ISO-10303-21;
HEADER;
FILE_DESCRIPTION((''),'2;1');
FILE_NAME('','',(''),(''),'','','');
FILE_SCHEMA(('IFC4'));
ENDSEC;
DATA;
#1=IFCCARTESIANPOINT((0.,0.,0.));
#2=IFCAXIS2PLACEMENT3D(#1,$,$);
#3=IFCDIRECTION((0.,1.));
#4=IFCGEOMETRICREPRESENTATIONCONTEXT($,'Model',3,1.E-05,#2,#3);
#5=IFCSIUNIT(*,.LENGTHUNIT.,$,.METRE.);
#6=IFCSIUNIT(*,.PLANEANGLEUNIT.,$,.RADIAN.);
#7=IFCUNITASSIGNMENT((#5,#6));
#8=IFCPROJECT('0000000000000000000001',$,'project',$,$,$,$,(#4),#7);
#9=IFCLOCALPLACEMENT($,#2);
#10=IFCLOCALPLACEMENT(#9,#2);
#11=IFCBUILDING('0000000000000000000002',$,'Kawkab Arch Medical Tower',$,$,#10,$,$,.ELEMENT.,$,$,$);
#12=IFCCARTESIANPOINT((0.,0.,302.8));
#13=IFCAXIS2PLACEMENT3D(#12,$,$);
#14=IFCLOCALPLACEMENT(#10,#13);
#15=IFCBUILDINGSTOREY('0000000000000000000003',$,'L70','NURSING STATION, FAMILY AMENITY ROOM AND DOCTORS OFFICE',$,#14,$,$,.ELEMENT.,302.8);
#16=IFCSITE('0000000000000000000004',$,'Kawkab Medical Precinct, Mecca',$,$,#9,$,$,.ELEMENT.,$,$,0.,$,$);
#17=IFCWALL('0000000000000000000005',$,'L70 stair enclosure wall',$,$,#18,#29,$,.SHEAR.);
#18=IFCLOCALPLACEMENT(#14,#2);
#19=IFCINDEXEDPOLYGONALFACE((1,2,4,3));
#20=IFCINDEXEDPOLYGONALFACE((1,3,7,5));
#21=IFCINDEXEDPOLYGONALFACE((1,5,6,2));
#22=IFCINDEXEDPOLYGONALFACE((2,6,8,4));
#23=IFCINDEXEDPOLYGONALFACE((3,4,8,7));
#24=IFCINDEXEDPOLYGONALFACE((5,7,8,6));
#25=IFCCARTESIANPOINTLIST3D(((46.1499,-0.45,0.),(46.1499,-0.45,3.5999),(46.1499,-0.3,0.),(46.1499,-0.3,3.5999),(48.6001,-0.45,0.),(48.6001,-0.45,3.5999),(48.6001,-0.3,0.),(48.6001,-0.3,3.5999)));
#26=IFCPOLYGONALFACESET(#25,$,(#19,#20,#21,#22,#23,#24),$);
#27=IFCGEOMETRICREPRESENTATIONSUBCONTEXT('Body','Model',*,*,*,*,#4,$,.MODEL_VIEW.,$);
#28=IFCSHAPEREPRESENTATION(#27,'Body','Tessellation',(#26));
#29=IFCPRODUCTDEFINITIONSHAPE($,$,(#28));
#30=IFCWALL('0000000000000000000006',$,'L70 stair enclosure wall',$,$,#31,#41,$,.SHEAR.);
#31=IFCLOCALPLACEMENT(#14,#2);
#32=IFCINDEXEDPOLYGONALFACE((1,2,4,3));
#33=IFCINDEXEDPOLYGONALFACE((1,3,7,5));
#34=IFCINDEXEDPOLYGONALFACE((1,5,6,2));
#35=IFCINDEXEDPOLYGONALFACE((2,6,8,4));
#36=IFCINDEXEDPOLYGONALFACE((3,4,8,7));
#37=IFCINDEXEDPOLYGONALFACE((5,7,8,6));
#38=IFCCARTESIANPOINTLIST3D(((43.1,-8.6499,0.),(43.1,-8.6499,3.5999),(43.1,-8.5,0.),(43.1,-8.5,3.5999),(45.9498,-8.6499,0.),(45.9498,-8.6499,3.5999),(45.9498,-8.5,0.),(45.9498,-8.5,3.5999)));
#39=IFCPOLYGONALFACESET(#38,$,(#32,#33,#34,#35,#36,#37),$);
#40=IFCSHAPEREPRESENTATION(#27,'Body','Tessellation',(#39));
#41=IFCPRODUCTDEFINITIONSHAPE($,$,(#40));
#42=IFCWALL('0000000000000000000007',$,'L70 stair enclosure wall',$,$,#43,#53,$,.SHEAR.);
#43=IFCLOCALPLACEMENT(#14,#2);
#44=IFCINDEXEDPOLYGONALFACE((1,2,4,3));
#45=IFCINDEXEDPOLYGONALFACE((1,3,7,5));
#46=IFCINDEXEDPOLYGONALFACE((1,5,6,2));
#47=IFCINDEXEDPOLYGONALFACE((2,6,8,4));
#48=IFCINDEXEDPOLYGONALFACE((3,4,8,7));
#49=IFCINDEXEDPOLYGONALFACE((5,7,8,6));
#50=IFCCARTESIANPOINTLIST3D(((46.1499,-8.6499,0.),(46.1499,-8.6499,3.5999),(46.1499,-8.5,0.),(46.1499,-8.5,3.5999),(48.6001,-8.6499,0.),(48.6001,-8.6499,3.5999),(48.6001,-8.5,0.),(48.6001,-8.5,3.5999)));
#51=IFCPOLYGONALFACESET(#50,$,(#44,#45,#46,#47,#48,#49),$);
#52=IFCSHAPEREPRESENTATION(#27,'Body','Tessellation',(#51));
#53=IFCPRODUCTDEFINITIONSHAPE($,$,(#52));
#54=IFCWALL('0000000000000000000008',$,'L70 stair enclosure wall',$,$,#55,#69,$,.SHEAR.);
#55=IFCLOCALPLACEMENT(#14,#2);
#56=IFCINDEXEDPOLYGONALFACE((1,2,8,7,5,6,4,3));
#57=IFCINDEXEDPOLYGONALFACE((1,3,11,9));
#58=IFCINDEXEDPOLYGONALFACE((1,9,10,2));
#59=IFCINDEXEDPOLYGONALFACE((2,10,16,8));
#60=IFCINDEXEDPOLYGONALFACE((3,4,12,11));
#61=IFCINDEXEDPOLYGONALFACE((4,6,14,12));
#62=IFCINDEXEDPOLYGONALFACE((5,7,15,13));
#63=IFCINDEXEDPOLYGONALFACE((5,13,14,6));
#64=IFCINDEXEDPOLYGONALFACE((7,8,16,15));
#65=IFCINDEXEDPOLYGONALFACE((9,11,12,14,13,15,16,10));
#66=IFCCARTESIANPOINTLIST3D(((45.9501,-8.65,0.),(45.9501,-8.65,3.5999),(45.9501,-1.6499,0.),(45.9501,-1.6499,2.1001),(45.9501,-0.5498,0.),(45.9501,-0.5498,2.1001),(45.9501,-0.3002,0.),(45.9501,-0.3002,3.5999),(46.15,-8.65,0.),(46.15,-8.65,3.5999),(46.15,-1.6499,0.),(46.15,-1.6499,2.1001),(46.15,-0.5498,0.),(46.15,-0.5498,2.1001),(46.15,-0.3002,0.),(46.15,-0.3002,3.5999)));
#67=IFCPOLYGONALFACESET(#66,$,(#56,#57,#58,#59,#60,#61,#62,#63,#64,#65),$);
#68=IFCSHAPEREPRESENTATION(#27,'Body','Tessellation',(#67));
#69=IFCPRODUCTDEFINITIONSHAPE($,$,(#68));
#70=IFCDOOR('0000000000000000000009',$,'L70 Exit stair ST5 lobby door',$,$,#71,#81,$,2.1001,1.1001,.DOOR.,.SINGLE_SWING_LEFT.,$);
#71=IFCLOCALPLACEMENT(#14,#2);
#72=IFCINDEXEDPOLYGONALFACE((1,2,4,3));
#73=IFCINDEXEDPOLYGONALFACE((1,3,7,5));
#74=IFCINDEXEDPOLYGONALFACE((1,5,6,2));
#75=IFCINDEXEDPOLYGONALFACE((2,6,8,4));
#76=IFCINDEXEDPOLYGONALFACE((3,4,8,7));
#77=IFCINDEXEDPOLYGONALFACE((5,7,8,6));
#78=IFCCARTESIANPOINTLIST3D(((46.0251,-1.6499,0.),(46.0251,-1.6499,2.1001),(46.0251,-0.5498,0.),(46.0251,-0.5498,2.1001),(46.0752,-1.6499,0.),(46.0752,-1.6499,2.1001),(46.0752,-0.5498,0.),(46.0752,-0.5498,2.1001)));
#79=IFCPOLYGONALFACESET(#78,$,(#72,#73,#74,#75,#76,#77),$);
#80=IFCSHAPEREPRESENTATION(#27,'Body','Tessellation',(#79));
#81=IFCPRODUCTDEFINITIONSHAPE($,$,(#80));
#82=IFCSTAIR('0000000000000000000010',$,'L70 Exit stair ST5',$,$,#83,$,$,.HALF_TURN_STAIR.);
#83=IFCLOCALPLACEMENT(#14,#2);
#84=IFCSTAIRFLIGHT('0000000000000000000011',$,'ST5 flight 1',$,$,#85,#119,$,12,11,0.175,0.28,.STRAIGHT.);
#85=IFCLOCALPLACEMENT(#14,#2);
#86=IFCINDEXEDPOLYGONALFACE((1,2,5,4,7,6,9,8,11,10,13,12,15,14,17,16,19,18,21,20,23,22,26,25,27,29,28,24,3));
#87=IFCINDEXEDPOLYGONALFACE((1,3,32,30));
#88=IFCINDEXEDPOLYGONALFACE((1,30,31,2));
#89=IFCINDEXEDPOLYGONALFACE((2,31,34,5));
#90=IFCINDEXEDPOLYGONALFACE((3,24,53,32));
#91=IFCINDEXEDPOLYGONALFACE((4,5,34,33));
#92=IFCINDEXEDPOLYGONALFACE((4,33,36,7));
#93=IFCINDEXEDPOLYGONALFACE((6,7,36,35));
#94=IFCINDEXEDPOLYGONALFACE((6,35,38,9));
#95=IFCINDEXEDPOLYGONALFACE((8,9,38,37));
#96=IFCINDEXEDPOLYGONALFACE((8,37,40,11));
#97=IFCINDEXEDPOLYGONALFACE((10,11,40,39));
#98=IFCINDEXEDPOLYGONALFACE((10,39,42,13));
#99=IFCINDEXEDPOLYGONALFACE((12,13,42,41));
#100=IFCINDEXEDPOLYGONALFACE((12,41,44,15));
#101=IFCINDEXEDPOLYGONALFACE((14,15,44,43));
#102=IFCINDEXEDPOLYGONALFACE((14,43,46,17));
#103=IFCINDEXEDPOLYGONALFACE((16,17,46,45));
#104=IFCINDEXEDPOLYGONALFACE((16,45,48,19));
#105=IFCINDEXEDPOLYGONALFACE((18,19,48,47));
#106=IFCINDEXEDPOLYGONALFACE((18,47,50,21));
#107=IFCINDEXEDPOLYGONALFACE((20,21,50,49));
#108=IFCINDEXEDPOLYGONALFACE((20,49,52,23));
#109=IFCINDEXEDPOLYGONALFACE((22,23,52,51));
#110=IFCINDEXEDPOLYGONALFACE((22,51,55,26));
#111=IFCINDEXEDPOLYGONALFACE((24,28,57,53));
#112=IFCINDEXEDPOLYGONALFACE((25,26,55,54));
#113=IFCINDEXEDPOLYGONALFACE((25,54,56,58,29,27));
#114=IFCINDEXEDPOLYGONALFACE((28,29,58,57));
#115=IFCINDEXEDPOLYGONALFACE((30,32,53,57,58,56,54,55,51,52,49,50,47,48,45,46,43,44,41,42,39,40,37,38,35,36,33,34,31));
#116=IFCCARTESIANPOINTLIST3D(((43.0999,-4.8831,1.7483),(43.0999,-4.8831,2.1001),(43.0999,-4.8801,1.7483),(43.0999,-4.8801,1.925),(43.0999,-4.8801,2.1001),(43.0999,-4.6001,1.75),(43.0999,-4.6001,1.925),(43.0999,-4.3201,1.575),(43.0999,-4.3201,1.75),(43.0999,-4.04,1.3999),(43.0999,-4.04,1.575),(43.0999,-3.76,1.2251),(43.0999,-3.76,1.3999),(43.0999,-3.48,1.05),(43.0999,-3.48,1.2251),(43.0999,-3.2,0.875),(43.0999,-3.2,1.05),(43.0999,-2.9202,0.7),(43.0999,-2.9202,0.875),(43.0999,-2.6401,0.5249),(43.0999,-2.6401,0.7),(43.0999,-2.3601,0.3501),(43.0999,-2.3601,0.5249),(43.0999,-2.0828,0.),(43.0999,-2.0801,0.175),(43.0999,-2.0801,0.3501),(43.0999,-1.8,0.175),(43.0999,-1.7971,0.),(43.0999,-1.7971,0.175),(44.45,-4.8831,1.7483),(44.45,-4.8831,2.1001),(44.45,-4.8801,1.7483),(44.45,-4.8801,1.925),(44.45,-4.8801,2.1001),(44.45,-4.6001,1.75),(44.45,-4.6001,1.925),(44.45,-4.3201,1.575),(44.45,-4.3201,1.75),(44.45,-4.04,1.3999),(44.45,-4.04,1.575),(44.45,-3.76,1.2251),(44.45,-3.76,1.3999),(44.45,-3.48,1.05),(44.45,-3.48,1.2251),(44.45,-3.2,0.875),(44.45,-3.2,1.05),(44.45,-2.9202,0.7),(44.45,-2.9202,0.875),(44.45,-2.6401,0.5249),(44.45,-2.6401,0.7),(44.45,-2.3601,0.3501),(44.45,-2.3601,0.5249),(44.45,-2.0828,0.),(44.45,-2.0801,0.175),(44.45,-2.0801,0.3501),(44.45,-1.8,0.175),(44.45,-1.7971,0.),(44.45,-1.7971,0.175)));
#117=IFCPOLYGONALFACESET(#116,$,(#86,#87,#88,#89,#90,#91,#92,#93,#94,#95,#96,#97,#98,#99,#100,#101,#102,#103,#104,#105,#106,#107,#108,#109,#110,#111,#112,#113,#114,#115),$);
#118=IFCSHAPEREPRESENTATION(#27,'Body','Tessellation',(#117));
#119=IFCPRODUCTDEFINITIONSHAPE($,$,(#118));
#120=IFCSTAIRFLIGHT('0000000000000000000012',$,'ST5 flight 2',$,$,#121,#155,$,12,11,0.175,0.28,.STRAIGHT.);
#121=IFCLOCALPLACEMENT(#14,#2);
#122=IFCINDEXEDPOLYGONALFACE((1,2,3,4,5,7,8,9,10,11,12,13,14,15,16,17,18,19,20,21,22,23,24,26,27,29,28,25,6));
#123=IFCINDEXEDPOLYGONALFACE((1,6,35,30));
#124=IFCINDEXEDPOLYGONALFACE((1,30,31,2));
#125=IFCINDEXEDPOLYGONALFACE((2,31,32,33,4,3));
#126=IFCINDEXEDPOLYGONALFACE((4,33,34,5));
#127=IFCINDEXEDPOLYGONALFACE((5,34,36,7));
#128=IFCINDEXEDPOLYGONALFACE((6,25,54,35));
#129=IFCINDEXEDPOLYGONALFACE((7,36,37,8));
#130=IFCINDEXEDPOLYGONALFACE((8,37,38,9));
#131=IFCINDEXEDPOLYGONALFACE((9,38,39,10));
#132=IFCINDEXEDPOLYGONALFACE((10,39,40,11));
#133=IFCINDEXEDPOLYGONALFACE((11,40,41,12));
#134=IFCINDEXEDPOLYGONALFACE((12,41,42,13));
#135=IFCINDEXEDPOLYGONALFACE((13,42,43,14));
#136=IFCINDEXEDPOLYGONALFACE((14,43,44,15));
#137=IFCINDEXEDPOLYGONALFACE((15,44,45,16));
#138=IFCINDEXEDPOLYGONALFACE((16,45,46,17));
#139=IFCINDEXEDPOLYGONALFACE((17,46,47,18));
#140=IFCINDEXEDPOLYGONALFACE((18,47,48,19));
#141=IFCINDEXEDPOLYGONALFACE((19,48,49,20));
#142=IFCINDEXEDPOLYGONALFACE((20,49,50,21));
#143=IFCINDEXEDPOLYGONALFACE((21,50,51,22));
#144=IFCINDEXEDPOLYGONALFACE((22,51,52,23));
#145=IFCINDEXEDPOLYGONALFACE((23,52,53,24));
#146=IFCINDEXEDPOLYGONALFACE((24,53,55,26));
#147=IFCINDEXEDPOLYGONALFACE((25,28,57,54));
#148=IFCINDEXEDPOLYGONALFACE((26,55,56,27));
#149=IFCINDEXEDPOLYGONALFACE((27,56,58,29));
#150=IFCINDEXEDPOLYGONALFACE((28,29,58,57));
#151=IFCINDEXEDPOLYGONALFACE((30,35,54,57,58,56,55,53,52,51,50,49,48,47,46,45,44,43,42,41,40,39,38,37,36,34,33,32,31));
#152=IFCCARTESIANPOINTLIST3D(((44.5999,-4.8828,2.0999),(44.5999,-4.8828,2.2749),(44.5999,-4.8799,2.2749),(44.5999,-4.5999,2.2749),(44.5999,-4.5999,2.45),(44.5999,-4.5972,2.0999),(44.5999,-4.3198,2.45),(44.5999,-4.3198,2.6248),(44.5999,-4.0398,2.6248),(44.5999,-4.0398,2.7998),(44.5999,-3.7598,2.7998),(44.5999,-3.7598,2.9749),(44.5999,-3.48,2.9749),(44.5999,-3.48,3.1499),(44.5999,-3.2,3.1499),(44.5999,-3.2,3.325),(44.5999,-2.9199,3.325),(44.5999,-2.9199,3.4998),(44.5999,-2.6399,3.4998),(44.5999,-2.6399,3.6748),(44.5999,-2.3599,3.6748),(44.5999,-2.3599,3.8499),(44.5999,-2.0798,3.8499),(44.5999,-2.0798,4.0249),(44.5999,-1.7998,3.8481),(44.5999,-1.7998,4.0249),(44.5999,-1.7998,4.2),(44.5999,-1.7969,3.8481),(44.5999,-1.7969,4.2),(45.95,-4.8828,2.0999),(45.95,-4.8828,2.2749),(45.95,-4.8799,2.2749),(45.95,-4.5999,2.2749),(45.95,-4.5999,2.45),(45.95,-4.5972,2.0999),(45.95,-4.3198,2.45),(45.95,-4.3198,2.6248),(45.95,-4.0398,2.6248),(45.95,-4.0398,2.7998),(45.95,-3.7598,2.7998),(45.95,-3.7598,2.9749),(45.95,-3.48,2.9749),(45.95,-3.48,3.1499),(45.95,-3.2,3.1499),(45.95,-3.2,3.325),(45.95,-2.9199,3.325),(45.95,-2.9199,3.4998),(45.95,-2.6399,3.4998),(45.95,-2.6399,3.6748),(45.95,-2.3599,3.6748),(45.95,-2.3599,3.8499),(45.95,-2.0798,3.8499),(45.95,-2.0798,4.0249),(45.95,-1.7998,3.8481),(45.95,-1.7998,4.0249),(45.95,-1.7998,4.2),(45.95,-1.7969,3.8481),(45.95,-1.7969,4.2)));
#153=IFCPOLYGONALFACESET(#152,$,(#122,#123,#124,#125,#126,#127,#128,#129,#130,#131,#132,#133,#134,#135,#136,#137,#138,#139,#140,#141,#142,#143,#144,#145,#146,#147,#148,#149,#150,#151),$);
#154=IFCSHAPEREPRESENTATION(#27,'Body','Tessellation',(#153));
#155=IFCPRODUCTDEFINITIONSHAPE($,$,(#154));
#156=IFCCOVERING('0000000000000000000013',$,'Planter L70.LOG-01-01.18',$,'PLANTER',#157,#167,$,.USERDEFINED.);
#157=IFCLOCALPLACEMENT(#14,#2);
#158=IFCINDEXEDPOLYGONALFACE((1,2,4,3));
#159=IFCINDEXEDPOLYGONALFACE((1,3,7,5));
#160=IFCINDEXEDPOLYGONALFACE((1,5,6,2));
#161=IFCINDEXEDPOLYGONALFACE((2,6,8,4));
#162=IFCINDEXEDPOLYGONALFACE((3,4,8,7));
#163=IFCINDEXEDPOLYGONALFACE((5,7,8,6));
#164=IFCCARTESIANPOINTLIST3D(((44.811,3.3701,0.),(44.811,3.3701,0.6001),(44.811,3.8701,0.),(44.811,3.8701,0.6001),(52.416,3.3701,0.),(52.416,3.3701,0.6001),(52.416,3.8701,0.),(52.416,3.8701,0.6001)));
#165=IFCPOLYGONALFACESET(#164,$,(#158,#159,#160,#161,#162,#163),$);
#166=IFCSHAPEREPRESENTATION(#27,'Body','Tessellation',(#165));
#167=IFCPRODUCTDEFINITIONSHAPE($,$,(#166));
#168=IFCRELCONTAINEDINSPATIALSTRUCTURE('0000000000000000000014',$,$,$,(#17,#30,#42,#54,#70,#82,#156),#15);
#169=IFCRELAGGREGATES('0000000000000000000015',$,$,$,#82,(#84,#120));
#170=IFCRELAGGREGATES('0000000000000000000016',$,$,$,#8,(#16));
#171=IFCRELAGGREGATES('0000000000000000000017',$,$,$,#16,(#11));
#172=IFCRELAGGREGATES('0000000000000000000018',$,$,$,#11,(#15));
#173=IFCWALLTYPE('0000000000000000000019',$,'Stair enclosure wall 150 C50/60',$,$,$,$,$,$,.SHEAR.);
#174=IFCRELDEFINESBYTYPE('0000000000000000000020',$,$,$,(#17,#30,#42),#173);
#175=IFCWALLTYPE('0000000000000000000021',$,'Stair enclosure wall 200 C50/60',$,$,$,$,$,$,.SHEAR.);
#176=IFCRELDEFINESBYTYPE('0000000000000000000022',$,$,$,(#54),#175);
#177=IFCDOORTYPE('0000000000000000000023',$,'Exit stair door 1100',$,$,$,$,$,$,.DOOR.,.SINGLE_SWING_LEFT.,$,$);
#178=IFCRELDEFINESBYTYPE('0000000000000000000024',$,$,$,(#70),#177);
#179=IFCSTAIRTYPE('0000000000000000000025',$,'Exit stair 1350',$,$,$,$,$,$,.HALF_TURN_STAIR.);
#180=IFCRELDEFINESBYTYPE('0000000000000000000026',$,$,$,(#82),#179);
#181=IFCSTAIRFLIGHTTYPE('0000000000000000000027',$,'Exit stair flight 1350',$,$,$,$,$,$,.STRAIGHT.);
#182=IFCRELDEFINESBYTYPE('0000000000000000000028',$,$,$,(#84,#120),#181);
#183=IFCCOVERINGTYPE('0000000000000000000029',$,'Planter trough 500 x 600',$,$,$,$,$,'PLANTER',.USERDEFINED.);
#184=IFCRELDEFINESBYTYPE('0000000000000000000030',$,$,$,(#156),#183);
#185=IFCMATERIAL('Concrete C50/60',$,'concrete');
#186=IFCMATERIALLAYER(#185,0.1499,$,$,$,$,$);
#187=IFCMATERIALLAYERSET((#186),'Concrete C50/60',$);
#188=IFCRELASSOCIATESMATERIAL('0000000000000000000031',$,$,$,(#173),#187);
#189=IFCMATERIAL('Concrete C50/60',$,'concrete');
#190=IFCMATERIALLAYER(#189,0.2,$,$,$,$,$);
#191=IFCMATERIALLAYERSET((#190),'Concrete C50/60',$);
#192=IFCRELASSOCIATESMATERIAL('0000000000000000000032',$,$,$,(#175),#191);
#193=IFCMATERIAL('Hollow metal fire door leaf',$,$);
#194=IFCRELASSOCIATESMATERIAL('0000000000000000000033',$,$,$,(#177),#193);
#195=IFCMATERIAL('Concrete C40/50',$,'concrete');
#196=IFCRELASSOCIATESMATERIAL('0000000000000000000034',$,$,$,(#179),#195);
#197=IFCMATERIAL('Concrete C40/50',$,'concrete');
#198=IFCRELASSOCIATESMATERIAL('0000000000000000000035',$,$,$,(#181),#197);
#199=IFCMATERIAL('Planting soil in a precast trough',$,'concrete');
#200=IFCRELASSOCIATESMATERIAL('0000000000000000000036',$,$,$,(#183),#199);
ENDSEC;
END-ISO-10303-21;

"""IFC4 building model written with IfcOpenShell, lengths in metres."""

from ifc_helpers import new_model, si_unit, direction, frame, frame_2d, origin, origin_2d, place, context, subcontext, project, spatial, polyline, rectangle, outline, extrude, material, layer, layer_set, material_profile, profile_set, type_object, element, fill, aggregate, save


model = new_model("IFC4")

# Units and contexts
model_context = context("Model", 3, precision=1e-05, world=origin(), true_north=direction((0.0, 1.0)))
body_context = subcontext(model_context, "Body", "Model", "MODEL_VIEW")
ifc_project = project(units=[si_unit("LENGTHUNIT", "METRE"), si_unit("PLANEANGLEUNIT", "RADIAN")], contexts=[model_context])

# Site, building, storey
site_placement = place(None, origin())
site = spatial("IfcSite", under=ifc_project, at=site_placement, Name="Kawkab Medical Precinct, Mecca", CompositionType="ELEMENT", RefElevation=0.0)
building_placement = place(site_placement, origin())
building = spatial("IfcBuilding", under=site, at=building_placement, Name="Kawkab Arch Medical Tower", CompositionType="ELEMENT")
storey_placement = place(building_placement, frame((0.0, 0.0, 302.8)))
storey = spatial("IfcBuildingStorey", under=building, at=storey_placement, Name="L70", Description="NURSING STATION, FAMILY AMENITY ROOM AND DOCTORS OFFICE", CompositionType="ELEMENT", Elevation=302.8)

# Shared definitions
placement = place(storey_placement, origin())

# Walls
ifc_material_1 = material(Name="Concrete C50/60", Category="concrete")
ifc_layer_1 = layer(ifc_material_1, 0.1499)
ifc_layer_set_1 = layer_set([ifc_layer_1], Name="Concrete C50/60")
wall_type_1 = type_object("IfcWallType", Name="Stair enclosure wall 150 C50/60", PredefinedType="SHEAR", material=ifc_layer_set_1)
wall_1_placement = place(storey_placement, frame((46.1499, -0.375, 0.0), z_axis=(0.0, 0.0, 1.0), x_axis=(1.0, 0.0, 0.0)))
element("IfcWall", 1, at=wall_1_placement, inside=storey, type_object=wall_type_1, Name="L70 stair enclosure wall", PredefinedType="SHEAR", context=body_context, shape_type="SweptSolid", body=[
    extrude(rectangle(XDim=2.4502, YDim=0.1499, at=frame_2d((1.2251, 0.0))), origin(), (0.0, 0.0, 1.0), 3.5999),
])
wall_2_placement = place(storey_placement, frame((43.1001, -8.575, 0.0), z_axis=(0.0, 0.0, 1.0), x_axis=(1.0, 0.0, 0.0)))
element("IfcWall", 2, at=wall_2_placement, inside=storey, type_object=wall_type_1, Name="L70 stair enclosure wall", PredefinedType="SHEAR", context=body_context, shape_type="SweptSolid", body=[
    extrude(rectangle(XDim=2.8499, YDim=0.1499, at=frame_2d((1.4248, 0.0))), origin(), (0.0, 0.0, 1.0), 3.5999),
])
wall_3_placement = place(storey_placement, frame((46.1499, -8.575, 0.0), z_axis=(0.0, 0.0, 1.0), x_axis=(1.0, 0.0, 0.0)))
element("IfcWall", 3, at=wall_3_placement, inside=storey, type_object=wall_type_1, Name="L70 stair enclosure wall", PredefinedType="SHEAR", context=body_context, shape_type="SweptSolid", body=[
    extrude(rectangle(XDim=2.4502, YDim=0.1499, at=frame_2d((1.2251, 0.0))), origin(), (0.0, 0.0, 1.0), 3.5999),
])

# Wall, opening, door
ifc_material_2 = material(Name="Concrete C50/60", Category="concrete")
ifc_layer_2 = layer(ifc_material_2, 0.2)
ifc_layer_set_2 = layer_set([ifc_layer_2], Name="Concrete C50/60")
wall_type_2 = type_object("IfcWallType", Name="Stair enclosure wall 200 C50/60", PredefinedType="SHEAR", material=ifc_layer_set_2)
wall_4_placement = place(storey_placement, frame((46.05, -8.6499, 0.0), z_axis=(0.0, 0.0, 1.0), x_axis=(0.0, 1.0, 0.0)))
wall_4 = element("IfcWall", 4, at=wall_4_placement, inside=storey, type_object=wall_type_2, Name="L70 stair enclosure wall", PredefinedType="SHEAR", context=body_context, shape_type="SweptSolid", body=[
    extrude(rectangle(XDim=8.3499, YDim=0.2, at=frame_2d((4.1748, 0.0))), origin(), (0.0, 0.0, 1.0), 3.5999),
])
opening_1_placement = place(wall_4_placement, frame((7.0, 0.0, 0.0)))
opening_1 = element("IfcOpeningElement", 5, at=opening_1_placement, cuts=wall_4, PredefinedType="OPENING", context=body_context, shape_type="SweptSolid", body=[
    extrude(rectangle(XDim=1.1001, YDim=2.1001, at=frame_2d((0.55, 1.05))), frame((0.0, 0.1099, 0.0), z_axis=(0.0, -1.0, 0.0), x_axis=(1.0, 0.0, 0.0)), (0.0, 0.0, 1.0), 0.22),
])
ifc_material_3 = material(Name="Hollow metal fire door leaf")
door_type_1 = type_object("IfcDoorType", Name="Exit stair door 1100", OperationType="SINGLE_SWING_LEFT", PredefinedType="DOOR", material=ifc_material_3)
door_1_placement = place(opening_1_placement, origin())
door_1 = element("IfcDoor", 6, at=door_1_placement, inside=storey, type_object=door_type_1, Name="L70 Exit stair ST5 lobby door", OperationType="SINGLE_SWING_LEFT", OverallHeight=2.1001, OverallWidth=1.1001, PredefinedType="DOOR", context=body_context, shape_type="SweptSolid", body=[
    extrude(rectangle(XDim=1.1001, YDim=2.1001, at=frame_2d((0.55, 1.05))), frame((0.0, 0.0249, 0.0), z_axis=(0.0, -1.0, 0.0), x_axis=(1.0, 0.0, 0.0)), (0.0, 0.0, 1.0), 0.05),
])
fill(opening_1, door_1)

# Stair, stair flights
ifc_material_4 = material(Name="Concrete C40/50", Category="concrete")
stair_type = type_object("IfcStairType", Name="Exit stair 1350", PredefinedType="HALF_TURN_STAIR", material=ifc_material_4)
stair = element("IfcStair", 7, at=placement, inside=storey, type_object=stair_type, Name="L70 Exit stair ST5", PredefinedType="HALF_TURN_STAIR")
ifc_material_5 = material(Name="Concrete C40/50", Category="concrete")
stair_flight_type = type_object("IfcStairFlightType", Name="Exit stair flight 1350", PredefinedType="STRAIGHT", material=ifc_material_5)
stair_flight_1_placement = place(storey_placement, frame((43.7749, -1.8, 0.0), z_axis=(0.0, 0.0, 1.0), x_axis=(0.0, -1.0, 0.0)))
stair_flight_1 = element("IfcStairFlight", 8, at=stair_flight_1_placement, type_object=stair_flight_type, Name="ST5 flight 1", NumberOfRisers=12, NumberOfTreads=11, PredefinedType="STRAIGHT", RiserHeight=0.175, TreadLength=0.28, context=body_context, shape_type="SweptSolid", body=[
    extrude(outline(polyline([(-0.0029, 0.0), (-0.0029, 0.175), (0.0, 0.175), (0.28, 0.175), (0.28, 0.3501), (0.5601, 0.3501), (0.5601, 0.5249), (0.8401, 0.5249), (0.8401, 0.7), (1.1201, 0.7), (1.1201, 0.875), (1.3999, 0.875), (1.3999, 1.05), (1.6799, 1.05), (1.6799, 1.2251), (1.96, 1.2251), (1.96, 1.3999), (2.24, 1.3999), (2.24, 1.575), (2.52, 1.575), (2.52, 1.75), (2.8, 1.75), (2.8, 1.925), (3.0801, 1.925), (3.0801, 2.1001), (3.083, 2.1001), (3.083, 1.7483), (3.0801, 1.7483), (0.2827, 0.0), (-0.0029, 0.0)])), frame((0.0, 0.675, 0.0), z_axis=(0.0, -1.0, 0.0), x_axis=(1.0, 0.0, 0.0)), (0.0, 0.0, 1.0), 1.3501),
])
stair_flight_2_placement = place(storey_placement, frame((45.2749, -4.8799, 2.0999), z_axis=(0.0, 0.0, 1.0), x_axis=(0.0, 1.0, 0.0)))
stair_flight_2 = element("IfcStairFlight", 9, at=stair_flight_2_placement, type_object=stair_flight_type, Name="ST5 flight 2", NumberOfRisers=12, NumberOfTreads=11, PredefinedType="STRAIGHT", RiserHeight=0.175, TreadLength=0.28, context=body_context, shape_type="SweptSolid", body=[
    extrude(outline(polyline([(-0.0029, 0.0), (-0.0029, 0.175), (0.0, 0.175), (0.28, 0.175), (0.28, 0.3501), (0.5601, 0.3501), (0.5601, 0.5249), (0.8401, 0.5249), (0.8401, 0.7), (1.1201, 0.7), (1.1201, 0.875), (1.3999, 0.875), (1.3999, 1.05), (1.6799, 1.05), (1.6799, 1.2251), (1.96, 1.2251), (1.96, 1.3999), (2.24, 1.3999), (2.24, 1.575), (2.52, 1.575), (2.52, 1.75), (2.8, 1.75), (2.8, 1.925), (3.0801, 1.925), (3.0801, 2.1001), (3.083, 2.1001), (3.083, 1.7483), (3.0801, 1.7483), (0.2827, 0.0), (-0.0029, 0.0)])), frame((0.0, 0.675, 0.0), z_axis=(0.0, -1.0, 0.0), x_axis=(1.0, 0.0, 0.0)), (0.0, 0.0, 1.0), 1.3501),
])
aggregate(stair, [stair_flight_1, stair_flight_2])

# Covering
ifc_material_6 = material(Name="Planting soil in a precast trough", Category="concrete")
ifc_material_profile_1 = material_profile(ifc_material_6, rectangle(XDim=0.5, YDim=0.6001, at=origin_2d()), Name="Trough 500x600")
ifc_profile_set_1 = profile_set([ifc_material_profile_1], Name="Planting soil in a precast trough")
covering_type = type_object("IfcCoveringType", Name="Planter trough 500 x 600", ElementType="PLANTER", PredefinedType="USERDEFINED", material=ifc_profile_set_1)
covering_placement = place(storey_placement, frame((44.811, 3.6201, 0.3), z_axis=(1.0, 0.0, 0.0), x_axis=(0.0, 1.0, 0.0)))
element("IfcCovering", 10, at=covering_placement, inside=storey, type_object=covering_type, Name="Planter L70.LOG-01-01.18", ObjectType="PLANTER", PredefinedType="USERDEFINED", context=body_context, shape_type="SweptSolid", body=[
    extrude(rectangle(XDim=0.5, YDim=0.6001, at=origin_2d()), origin(), (0.0, 0.0, 1.0), 7.605),
])

save(model, "model.ifc")
